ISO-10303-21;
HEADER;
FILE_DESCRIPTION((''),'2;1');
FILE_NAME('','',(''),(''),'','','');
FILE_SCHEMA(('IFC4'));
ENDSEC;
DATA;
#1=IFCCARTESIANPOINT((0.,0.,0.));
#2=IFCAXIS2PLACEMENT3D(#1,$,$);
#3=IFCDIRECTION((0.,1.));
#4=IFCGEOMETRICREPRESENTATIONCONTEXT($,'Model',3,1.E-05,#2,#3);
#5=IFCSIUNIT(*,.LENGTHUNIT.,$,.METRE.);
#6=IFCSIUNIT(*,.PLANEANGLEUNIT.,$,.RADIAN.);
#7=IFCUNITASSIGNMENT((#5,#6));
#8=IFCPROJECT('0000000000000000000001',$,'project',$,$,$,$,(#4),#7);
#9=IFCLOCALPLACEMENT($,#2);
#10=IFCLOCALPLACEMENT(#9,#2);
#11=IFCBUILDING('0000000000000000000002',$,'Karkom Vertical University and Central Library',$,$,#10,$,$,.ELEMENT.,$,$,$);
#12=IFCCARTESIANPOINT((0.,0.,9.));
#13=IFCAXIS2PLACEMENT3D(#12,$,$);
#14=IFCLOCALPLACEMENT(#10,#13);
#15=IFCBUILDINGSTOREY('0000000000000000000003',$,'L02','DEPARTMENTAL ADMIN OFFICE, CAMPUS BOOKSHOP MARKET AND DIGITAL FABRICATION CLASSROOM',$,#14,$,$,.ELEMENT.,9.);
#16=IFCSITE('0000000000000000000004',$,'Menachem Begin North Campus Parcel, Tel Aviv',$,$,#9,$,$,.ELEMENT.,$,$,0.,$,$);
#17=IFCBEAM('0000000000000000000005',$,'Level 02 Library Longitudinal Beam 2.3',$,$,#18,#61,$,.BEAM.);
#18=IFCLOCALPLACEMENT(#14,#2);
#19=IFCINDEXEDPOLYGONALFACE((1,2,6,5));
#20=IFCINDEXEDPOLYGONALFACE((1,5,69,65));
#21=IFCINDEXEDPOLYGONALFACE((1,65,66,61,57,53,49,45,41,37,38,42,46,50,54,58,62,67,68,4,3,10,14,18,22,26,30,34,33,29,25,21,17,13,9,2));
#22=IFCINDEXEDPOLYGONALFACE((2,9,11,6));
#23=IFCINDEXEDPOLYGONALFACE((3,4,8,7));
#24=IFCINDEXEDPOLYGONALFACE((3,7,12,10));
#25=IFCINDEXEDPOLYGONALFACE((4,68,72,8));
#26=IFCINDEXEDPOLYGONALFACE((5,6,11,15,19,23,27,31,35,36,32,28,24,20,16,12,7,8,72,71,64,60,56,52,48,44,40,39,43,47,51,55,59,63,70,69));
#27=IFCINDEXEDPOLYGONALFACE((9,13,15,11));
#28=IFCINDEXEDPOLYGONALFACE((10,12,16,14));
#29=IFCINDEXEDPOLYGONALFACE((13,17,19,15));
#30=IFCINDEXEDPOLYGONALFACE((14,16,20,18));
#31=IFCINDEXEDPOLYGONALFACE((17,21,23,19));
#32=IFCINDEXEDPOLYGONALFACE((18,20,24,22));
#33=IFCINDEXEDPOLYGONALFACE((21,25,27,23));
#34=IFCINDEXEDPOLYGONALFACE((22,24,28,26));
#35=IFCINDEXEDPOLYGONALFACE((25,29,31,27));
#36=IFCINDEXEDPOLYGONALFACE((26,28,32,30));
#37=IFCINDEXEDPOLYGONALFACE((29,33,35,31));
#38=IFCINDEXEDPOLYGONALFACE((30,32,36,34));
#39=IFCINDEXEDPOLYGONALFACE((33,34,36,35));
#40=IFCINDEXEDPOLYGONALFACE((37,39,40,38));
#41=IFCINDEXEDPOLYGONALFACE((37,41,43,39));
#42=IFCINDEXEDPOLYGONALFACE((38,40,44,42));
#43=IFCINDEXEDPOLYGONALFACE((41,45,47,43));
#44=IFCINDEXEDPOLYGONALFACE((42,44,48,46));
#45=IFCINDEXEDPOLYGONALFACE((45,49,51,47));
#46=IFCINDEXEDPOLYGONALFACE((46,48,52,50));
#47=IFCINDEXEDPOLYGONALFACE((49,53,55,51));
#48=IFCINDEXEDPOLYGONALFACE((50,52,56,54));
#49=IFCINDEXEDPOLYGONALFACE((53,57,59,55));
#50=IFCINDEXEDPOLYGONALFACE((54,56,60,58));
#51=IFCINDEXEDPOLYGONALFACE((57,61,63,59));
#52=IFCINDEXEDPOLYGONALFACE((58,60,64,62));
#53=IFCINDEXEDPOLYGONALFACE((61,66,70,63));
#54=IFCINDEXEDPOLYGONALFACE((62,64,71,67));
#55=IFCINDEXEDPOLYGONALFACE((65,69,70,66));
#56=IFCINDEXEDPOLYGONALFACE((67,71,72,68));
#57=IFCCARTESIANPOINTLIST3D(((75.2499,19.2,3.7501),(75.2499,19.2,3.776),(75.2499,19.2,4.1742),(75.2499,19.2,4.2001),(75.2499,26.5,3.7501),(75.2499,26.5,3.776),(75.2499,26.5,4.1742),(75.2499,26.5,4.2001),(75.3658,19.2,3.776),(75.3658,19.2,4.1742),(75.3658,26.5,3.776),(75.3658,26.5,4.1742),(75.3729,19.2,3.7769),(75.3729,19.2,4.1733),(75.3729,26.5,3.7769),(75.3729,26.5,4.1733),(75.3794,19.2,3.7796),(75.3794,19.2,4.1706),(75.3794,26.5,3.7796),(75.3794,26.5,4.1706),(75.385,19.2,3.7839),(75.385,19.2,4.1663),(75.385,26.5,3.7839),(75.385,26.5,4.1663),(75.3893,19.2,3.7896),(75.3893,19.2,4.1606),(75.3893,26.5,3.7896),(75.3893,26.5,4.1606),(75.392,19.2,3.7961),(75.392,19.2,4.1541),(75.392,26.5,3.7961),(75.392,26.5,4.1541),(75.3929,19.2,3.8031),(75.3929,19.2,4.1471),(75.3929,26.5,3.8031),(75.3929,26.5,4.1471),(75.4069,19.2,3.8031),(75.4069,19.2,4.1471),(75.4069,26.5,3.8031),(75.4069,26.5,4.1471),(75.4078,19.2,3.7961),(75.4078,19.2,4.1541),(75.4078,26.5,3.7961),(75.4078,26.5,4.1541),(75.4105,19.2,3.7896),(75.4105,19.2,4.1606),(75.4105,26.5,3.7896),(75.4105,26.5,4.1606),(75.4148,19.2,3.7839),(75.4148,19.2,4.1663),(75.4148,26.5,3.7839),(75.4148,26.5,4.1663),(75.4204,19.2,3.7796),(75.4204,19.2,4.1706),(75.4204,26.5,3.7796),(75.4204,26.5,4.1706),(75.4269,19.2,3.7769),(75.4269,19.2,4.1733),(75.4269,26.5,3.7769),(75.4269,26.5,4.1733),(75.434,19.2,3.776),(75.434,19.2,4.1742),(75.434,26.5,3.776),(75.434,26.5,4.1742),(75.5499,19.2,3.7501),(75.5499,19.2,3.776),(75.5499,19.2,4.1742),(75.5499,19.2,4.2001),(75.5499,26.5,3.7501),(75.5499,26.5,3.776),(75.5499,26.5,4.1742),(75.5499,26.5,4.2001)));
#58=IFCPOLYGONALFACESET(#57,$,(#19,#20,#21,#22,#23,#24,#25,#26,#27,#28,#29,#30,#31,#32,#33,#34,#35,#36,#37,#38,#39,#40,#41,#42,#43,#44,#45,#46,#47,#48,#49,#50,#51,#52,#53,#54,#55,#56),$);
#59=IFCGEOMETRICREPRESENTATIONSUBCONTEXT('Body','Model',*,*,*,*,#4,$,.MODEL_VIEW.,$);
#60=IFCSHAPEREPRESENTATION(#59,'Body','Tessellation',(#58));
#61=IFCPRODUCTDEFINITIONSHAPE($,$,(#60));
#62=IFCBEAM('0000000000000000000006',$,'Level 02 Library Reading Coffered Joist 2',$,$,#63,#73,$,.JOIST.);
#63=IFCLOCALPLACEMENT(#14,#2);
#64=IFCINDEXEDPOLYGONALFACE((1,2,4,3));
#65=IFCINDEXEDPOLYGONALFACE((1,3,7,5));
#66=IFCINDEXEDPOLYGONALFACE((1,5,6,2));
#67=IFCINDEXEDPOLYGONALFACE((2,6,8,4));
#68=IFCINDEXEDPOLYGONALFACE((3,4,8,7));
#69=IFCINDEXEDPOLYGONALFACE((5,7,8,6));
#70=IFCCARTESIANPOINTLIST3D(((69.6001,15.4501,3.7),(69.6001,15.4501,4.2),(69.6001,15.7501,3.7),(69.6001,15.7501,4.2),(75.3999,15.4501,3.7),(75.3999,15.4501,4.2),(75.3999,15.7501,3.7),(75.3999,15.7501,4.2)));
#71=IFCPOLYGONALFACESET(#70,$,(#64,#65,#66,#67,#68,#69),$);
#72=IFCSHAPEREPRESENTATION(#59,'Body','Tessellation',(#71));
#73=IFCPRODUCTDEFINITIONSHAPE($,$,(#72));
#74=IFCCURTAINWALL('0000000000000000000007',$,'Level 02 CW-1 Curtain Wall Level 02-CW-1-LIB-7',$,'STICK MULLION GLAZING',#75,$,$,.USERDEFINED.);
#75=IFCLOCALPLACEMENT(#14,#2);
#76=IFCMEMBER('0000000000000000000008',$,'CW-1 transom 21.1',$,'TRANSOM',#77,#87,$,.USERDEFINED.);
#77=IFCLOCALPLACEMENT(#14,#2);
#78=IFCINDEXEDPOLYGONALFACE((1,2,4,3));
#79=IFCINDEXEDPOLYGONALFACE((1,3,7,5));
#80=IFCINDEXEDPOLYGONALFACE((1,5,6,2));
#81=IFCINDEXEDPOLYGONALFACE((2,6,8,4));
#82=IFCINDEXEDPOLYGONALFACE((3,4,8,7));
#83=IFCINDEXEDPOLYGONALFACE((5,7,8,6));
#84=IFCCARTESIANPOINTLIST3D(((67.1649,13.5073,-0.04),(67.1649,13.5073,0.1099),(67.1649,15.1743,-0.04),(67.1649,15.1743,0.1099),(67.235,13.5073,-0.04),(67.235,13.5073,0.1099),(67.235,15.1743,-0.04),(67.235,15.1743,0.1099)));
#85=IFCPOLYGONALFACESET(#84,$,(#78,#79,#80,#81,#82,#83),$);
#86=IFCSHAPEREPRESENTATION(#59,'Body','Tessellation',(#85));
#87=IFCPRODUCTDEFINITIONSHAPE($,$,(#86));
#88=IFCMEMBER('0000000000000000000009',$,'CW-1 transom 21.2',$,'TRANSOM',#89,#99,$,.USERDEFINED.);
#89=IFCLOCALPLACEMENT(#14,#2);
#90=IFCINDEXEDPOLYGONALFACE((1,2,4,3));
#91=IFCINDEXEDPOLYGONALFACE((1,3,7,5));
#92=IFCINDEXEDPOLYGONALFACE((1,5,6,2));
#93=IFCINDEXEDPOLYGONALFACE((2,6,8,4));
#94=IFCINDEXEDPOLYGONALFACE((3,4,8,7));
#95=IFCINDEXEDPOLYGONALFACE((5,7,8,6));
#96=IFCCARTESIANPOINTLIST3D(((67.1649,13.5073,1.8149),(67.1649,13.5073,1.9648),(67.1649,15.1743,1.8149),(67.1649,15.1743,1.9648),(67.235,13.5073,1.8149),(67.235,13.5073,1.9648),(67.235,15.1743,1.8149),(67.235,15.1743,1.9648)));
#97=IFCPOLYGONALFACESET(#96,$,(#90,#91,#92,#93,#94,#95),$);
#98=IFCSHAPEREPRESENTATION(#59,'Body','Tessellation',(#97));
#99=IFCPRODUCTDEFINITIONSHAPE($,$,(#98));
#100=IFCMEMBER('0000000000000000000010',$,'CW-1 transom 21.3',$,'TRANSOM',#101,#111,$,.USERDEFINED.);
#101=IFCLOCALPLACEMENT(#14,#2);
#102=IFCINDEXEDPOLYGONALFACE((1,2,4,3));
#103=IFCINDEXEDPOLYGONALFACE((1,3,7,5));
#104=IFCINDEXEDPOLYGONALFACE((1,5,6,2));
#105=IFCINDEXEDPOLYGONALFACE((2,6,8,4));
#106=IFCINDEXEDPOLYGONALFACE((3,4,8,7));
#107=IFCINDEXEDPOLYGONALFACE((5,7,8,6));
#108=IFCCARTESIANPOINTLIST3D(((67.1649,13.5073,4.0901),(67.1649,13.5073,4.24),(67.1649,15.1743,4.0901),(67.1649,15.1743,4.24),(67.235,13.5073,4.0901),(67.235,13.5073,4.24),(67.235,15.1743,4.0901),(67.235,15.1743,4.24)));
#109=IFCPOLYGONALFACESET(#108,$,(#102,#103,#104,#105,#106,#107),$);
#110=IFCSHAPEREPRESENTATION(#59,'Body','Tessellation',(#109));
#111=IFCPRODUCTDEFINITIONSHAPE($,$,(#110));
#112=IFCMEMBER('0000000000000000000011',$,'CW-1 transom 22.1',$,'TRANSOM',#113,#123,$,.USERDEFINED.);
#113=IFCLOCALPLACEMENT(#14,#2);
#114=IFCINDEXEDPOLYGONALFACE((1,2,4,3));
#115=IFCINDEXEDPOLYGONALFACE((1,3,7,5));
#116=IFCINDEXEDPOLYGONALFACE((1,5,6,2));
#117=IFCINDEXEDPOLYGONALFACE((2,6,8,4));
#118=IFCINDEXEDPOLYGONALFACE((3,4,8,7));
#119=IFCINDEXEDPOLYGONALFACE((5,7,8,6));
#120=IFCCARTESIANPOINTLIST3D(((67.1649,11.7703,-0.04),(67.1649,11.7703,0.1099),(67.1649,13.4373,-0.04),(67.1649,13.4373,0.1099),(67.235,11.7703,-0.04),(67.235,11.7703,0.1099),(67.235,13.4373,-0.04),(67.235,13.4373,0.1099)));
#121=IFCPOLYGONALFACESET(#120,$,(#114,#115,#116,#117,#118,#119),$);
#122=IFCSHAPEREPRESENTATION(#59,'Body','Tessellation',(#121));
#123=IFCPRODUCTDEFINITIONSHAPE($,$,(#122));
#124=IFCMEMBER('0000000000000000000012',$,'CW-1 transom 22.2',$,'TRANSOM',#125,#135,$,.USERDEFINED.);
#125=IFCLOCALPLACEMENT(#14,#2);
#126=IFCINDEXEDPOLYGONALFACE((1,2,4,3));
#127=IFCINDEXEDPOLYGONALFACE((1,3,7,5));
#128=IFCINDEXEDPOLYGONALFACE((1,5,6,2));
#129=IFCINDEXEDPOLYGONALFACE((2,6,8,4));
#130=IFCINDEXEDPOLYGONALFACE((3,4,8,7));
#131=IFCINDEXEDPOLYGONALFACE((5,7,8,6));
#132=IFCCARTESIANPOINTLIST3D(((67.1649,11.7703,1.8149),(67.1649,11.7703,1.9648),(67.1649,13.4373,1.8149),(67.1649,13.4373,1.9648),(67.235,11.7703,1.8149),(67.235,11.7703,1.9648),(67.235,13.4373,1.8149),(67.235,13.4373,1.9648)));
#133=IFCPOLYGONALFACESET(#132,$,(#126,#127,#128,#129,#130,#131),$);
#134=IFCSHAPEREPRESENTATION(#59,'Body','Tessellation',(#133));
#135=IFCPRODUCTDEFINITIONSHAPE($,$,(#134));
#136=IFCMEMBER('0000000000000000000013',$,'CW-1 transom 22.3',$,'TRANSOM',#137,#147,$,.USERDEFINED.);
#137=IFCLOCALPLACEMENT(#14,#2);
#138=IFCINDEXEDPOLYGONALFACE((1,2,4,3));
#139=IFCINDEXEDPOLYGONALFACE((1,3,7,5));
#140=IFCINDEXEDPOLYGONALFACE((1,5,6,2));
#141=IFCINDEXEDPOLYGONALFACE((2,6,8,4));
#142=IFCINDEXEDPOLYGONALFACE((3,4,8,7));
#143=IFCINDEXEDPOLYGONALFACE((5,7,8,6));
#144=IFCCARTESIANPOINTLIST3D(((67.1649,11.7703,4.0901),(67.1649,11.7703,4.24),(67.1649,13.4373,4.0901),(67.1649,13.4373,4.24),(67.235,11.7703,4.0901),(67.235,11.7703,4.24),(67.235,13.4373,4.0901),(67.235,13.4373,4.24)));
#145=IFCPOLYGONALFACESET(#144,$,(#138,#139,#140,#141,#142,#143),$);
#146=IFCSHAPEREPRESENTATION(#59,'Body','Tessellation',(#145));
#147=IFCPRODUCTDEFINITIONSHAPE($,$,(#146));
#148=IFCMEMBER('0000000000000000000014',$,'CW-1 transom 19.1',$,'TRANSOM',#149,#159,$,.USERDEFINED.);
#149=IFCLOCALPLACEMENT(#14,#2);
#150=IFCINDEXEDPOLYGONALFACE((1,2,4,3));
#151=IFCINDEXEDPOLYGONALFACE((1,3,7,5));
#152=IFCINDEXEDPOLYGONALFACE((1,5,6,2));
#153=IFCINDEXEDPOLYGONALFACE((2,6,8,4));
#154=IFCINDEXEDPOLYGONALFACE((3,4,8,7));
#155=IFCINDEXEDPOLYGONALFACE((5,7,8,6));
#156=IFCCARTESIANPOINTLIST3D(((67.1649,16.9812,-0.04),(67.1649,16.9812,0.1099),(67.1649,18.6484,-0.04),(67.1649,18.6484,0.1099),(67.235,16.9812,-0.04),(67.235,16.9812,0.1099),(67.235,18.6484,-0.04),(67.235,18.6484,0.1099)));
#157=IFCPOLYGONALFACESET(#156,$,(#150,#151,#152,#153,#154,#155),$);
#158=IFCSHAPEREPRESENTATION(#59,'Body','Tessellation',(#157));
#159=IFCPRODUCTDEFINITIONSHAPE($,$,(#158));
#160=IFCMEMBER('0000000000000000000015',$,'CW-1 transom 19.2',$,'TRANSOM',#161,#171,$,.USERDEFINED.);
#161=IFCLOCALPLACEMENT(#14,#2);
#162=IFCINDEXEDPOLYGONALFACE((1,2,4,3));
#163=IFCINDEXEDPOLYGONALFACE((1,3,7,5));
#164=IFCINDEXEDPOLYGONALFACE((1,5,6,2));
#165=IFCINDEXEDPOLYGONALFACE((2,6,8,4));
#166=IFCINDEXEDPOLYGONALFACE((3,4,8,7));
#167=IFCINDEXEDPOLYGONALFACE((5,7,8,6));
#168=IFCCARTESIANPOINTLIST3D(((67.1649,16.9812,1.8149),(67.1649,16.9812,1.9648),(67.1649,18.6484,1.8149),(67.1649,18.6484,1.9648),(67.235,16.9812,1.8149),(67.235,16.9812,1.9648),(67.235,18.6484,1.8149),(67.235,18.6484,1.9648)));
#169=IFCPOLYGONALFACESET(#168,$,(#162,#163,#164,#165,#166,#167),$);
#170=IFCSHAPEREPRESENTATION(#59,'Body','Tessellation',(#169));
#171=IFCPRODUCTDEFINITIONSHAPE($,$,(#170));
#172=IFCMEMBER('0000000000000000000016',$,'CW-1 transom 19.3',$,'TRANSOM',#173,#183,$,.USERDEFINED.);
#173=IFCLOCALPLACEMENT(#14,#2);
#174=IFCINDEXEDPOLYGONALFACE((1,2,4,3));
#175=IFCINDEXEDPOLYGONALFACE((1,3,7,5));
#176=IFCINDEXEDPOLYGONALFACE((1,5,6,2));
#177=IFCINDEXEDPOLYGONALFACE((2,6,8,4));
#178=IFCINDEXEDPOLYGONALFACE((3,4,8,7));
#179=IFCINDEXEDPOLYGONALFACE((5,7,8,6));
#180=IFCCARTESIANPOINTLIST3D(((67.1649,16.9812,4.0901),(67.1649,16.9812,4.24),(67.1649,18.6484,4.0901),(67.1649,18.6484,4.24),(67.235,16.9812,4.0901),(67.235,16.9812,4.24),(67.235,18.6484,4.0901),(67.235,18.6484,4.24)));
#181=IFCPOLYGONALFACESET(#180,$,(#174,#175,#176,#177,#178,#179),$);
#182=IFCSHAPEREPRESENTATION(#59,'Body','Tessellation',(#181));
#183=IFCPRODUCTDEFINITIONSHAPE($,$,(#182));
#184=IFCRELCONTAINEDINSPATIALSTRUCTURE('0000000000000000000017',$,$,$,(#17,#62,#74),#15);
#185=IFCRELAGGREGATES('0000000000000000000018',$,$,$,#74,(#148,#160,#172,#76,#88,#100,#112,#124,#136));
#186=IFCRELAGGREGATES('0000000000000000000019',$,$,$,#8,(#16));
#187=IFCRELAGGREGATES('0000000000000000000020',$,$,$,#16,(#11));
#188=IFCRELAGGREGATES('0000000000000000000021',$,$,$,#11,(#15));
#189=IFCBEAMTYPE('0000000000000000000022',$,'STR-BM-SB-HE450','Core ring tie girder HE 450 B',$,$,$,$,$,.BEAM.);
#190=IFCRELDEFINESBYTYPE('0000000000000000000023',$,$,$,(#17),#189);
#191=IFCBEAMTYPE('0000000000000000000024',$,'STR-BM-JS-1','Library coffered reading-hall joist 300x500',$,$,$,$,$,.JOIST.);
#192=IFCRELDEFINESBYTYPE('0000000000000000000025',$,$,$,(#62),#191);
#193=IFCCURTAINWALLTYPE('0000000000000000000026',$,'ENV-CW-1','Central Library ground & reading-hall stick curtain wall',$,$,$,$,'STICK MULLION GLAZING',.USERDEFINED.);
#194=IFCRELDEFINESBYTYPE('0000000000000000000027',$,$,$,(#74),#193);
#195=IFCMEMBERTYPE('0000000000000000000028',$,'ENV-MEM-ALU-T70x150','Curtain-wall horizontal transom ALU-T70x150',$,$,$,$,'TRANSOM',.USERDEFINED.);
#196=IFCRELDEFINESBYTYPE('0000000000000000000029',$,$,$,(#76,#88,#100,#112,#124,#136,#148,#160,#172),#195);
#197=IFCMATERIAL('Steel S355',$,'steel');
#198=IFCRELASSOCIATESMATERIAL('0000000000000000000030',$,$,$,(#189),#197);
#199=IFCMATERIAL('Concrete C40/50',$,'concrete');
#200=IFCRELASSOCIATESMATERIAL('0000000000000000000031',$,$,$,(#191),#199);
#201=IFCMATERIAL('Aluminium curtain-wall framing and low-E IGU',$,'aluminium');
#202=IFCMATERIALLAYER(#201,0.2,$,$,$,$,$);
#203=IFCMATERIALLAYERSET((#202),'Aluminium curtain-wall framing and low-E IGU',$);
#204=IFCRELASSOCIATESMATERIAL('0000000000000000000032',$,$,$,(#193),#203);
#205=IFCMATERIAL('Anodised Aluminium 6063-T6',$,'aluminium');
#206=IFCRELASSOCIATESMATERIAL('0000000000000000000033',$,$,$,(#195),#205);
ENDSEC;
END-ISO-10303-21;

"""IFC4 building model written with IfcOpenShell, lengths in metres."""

from ifc_helpers import new_model, si_unit, direction, frame, origin, origin_with_axes, origin_2d, place, context, subcontext, project, spatial, rectangle, i_section, extrude, source, transform, mapped, material, layer, layer_set, material_profile, profile_set, type_object, element, aggregate, save


model = new_model("IFC4")

# Units and contexts
model_context = context("Model", 3, precision=1e-05, world=origin(), true_north=direction((0.0, 1.0)))
body_context = subcontext(model_context, "Body", "Model", "MODEL_VIEW")
ifc_project = project(units=[si_unit("LENGTHUNIT", "METRE"), si_unit("PLANEANGLEUNIT", "RADIAN")], contexts=[model_context])

# Site, building, storey
site_placement = place(None, origin())
site = spatial("IfcSite", under=ifc_project, at=site_placement, Name="Menachem Begin North Campus Parcel, Tel Aviv", CompositionType="ELEMENT", RefElevation=0.0)
building_placement = place(site_placement, origin())
building = spatial("IfcBuilding", under=site, at=building_placement, Name="Karkom Vertical University and Central Library", CompositionType="ELEMENT")
storey_placement = place(building_placement, frame((0.0, 0.0, 9.0)))
storey = spatial("IfcBuildingStorey", under=building, at=storey_placement, Name="L02", Description="DEPARTMENTAL ADMIN OFFICE, CAMPUS BOOKSHOP MARKET AND DIGITAL FABRICATION CLASSROOM", CompositionType="ELEMENT", Elevation=9.0)

# Shared definitions
ifc_material_1 = material(Name="Concrete C40/50", Category="concrete")

# Beams
ifc_material_2 = material(Name="Steel S355", Category="steel")
ifc_material_profile_1 = material_profile(ifc_material_2, i_section(OverallWidth=0.3, OverallDepth=0.45, WebThickness=0.0139, FlangeThickness=0.0259, FilletRadius=0.0271, at=origin_2d()), Name="HE 450 B")
ifc_profile_set_1 = profile_set([ifc_material_profile_1], Name="Steel S355")
beam_type_1 = type_object("IfcBeamType", Name="STR-BM-SB-HE450", Description="Core ring tie girder HE 450 B", PredefinedType="BEAM", material=ifc_profile_set_1)
shared_shape_1 = source(origin_with_axes(), body_context, "Body", "SweptSolid", [
    extrude(i_section(OverallWidth=0.3, OverallDepth=0.45, WebThickness=0.0139, FlangeThickness=0.0259, FilletRadius=0.0271, at=origin_2d()), origin(), (0.0, 0.0, 1.0), 7.3),
])
for number, where, z_axis, x_axis, name in (
    (1, (75.3999, 19.2, 3.9751), (0.0, 1.0, 0.0), (-1.0, 0.0, 0.0), "Level 02 Library Longitudinal Beam 2.3"),
):
    element("IfcBeam", number, at=place(storey_placement, frame(where, z_axis=z_axis, x_axis=x_axis)), inside=storey, type_object=beam_type_1, Name=name, PredefinedType="BEAM", context=body_context, shape_type="MappedRepresentation", body=[
        mapped(shared_shape_1, transform((0.0, 0.0, 0.0), scale=1.0)),
    ])
ifc_material_profile_2 = material_profile(ifc_material_1, rectangle(XDim=0.3, YDim=0.5, at=origin_2d()), Name="RCJ-300x500")
ifc_profile_set_2 = profile_set([ifc_material_profile_2], Name="Concrete C40/50")
beam_type_2 = type_object("IfcBeamType", Name="STR-BM-JS-1", Description="Library coffered reading-hall joist 300x500", PredefinedType="JOIST", material=ifc_profile_set_2)
shared_shape_2 = source(origin_with_axes(), body_context, "Body", "SweptSolid", [
    extrude(rectangle(XDim=0.3, YDim=0.5, at=origin_2d()), origin(), (0.0, 0.0, 1.0), 5.7998),
])
beam_1_placement = place(storey_placement, frame((69.6001, 15.6001, 3.95), z_axis=(1.0, 0.0, 0.0), x_axis=(0.0, 1.0, 0.0)))
element("IfcBeam", 2, at=beam_1_placement, inside=storey, type_object=beam_type_2, Name="Level 02 Library Reading Coffered Joist 2", PredefinedType="JOIST", context=body_context, shape_type="MappedRepresentation", body=[
    mapped(shared_shape_2, transform((0.0, 0.0, 0.0), scale=1.0)),
])

# Curtain wall, members
ifc_material_3 = material(Name="Aluminium curtain-wall framing and low-E IGU", Category="aluminium")
ifc_layer_1 = layer(ifc_material_3, 0.2)
ifc_layer_set_1 = layer_set([ifc_layer_1], Name="Aluminium curtain-wall framing and low-E IGU")
curtain_wall_type = type_object("IfcCurtainWallType", Name="ENV-CW-1", Description="Central Library ground & reading-hall stick curtain wall", ElementType="STICK MULLION GLAZING", PredefinedType="USERDEFINED", material=ifc_layer_set_1)
curtain_wall_placement = place(storey_placement, origin())
curtain_wall = element("IfcCurtainWall", 3, at=curtain_wall_placement, inside=storey, type_object=curtain_wall_type, Name="Level 02 CW-1 Curtain Wall Level 02-CW-1-LIB-7", ObjectType="STICK MULLION GLAZING", PredefinedType="USERDEFINED")
ifc_material_4 = material(Name="Anodised Aluminium 6063-T6", Category="aluminium")
ifc_material_profile_3 = material_profile(ifc_material_4, rectangle(XDim=0.0701, YDim=0.1499, at=origin_2d()), Name="ALU-T70x150")
ifc_profile_set_3 = profile_set([ifc_material_profile_3], Name="Anodised Aluminium 6063-T6")
member_type = type_object("IfcMemberType", Name="ENV-MEM-ALU-T70x150", Description="Curtain-wall horizontal transom ALU-T70x150", ElementType="TRANSOM", PredefinedType="USERDEFINED", material=ifc_profile_set_3)
shared_shape_3 = source(origin_with_axes(), body_context, "Body", "SweptSolid", [
    extrude(rectangle(XDim=0.0701, YDim=0.1499, at=origin_2d()), origin(), (0.0, 0.0, 1.0), 1.667),
])
member_1_placement = place(storey_placement, frame((67.2, 15.1743, 0.0349), z_axis=(0.0, -1.0, 0.0), x_axis=(1.0, 0.0, 0.0)))
member_1 = element("IfcMember", 4, at=member_1_placement, type_object=member_type, Name="CW-1 transom 21.1", ObjectType="TRANSOM", PredefinedType="USERDEFINED", context=body_context, shape_type="MappedRepresentation", body=[
    mapped(shared_shape_3, transform((0.0, 0.0, 0.0), scale=1.0)),
])
member_2_placement = place(storey_placement, frame((67.2, 15.1743, 1.8899), z_axis=(0.0, -1.0, 0.0), x_axis=(1.0, 0.0, 0.0)))
member_2 = element("IfcMember", 5, at=member_2_placement, type_object=member_type, Name="CW-1 transom 21.2", ObjectType="TRANSOM", PredefinedType="USERDEFINED", context=body_context, shape_type="MappedRepresentation", body=[
    mapped(shared_shape_3, transform((0.0, 0.0, 0.0), scale=1.0)),
])
member_3_placement = place(storey_placement, frame((67.2, 15.1743, 4.165), z_axis=(0.0, -1.0, 0.0), x_axis=(1.0, 0.0, 0.0)))
member_3 = element("IfcMember", 6, at=member_3_placement, type_object=member_type, Name="CW-1 transom 21.3", ObjectType="TRANSOM", PredefinedType="USERDEFINED", context=body_context, shape_type="MappedRepresentation", body=[
    mapped(shared_shape_3, transform((0.0, 0.0, 0.0), scale=1.0)),
])
member_4_placement = place(storey_placement, frame((67.2, 13.4373, 0.0349), z_axis=(0.0, -1.0, 0.0), x_axis=(1.0, 0.0, 0.0)))
member_4 = element("IfcMember", 7, at=member_4_placement, type_object=member_type, Name="CW-1 transom 22.1", ObjectType="TRANSOM", PredefinedType="USERDEFINED", context=body_context, shape_type="MappedRepresentation", body=[
    mapped(shared_shape_3, transform((0.0, 0.0, 0.0), scale=1.0)),
])
member_5_placement = place(storey_placement, frame((67.2, 13.4373, 1.8899), z_axis=(0.0, -1.0, 0.0), x_axis=(1.0, 0.0, 0.0)))
member_5 = element("IfcMember", 8, at=member_5_placement, type_object=member_type, Name="CW-1 transom 22.2", ObjectType="TRANSOM", PredefinedType="USERDEFINED", context=body_context, shape_type="MappedRepresentation", body=[
    mapped(shared_shape_3, transform((0.0, 0.0, 0.0), scale=1.0)),
])
member_6_placement = place(storey_placement, frame((67.2, 13.4373, 4.165), z_axis=(0.0, -1.0, 0.0), x_axis=(1.0, 0.0, 0.0)))
member_6 = element("IfcMember", 9, at=member_6_placement, type_object=member_type, Name="CW-1 transom 22.3", ObjectType="TRANSOM", PredefinedType="USERDEFINED", context=body_context, shape_type="MappedRepresentation", body=[
    mapped(shared_shape_3, transform((0.0, 0.0, 0.0), scale=1.0)),
])
shared_shape_4 = source(origin_with_axes(), body_context, "Body", "SweptSolid", [
    extrude(rectangle(XDim=0.0701, YDim=0.1499, at=origin_2d()), origin(), (0.0, 0.0, 1.0), 1.6672),
])
member_7_placement = place(storey_placement, frame((67.2, 18.6484, 0.0349), z_axis=(0.0, -1.0, 0.0), x_axis=(1.0, 0.0, 0.0)))
member_7 = element("IfcMember", 10, at=member_7_placement, type_object=member_type, Name="CW-1 transom 19.1", ObjectType="TRANSOM", PredefinedType="USERDEFINED", context=body_context, shape_type="MappedRepresentation", body=[
    mapped(shared_shape_4, transform((0.0, 0.0, 0.0), scale=1.0)),
])
member_8_placement = place(storey_placement, frame((67.2, 18.6484, 1.8899), z_axis=(0.0, -1.0, 0.0), x_axis=(1.0, 0.0, 0.0)))
member_8 = element("IfcMember", 11, at=member_8_placement, type_object=member_type, Name="CW-1 transom 19.2", ObjectType="TRANSOM", PredefinedType="USERDEFINED", context=body_context, shape_type="MappedRepresentation", body=[
    mapped(shared_shape_4, transform((0.0, 0.0, 0.0), scale=1.0)),
])
member_9_placement = place(storey_placement, frame((67.2, 18.6484, 4.165), z_axis=(0.0, -1.0, 0.0), x_axis=(1.0, 0.0, 0.0)))
member_9 = element("IfcMember", 12, at=member_9_placement, type_object=member_type, Name="CW-1 transom 19.3", ObjectType="TRANSOM", PredefinedType="USERDEFINED", context=body_context, shape_type="MappedRepresentation", body=[
    mapped(shared_shape_4, transform((0.0, 0.0, 0.0), scale=1.0)),
])
aggregate(curtain_wall, [member_7, member_8, member_9, member_1, member_2, member_3, member_4, member_5, member_6])

save(model, "model.ifc")
